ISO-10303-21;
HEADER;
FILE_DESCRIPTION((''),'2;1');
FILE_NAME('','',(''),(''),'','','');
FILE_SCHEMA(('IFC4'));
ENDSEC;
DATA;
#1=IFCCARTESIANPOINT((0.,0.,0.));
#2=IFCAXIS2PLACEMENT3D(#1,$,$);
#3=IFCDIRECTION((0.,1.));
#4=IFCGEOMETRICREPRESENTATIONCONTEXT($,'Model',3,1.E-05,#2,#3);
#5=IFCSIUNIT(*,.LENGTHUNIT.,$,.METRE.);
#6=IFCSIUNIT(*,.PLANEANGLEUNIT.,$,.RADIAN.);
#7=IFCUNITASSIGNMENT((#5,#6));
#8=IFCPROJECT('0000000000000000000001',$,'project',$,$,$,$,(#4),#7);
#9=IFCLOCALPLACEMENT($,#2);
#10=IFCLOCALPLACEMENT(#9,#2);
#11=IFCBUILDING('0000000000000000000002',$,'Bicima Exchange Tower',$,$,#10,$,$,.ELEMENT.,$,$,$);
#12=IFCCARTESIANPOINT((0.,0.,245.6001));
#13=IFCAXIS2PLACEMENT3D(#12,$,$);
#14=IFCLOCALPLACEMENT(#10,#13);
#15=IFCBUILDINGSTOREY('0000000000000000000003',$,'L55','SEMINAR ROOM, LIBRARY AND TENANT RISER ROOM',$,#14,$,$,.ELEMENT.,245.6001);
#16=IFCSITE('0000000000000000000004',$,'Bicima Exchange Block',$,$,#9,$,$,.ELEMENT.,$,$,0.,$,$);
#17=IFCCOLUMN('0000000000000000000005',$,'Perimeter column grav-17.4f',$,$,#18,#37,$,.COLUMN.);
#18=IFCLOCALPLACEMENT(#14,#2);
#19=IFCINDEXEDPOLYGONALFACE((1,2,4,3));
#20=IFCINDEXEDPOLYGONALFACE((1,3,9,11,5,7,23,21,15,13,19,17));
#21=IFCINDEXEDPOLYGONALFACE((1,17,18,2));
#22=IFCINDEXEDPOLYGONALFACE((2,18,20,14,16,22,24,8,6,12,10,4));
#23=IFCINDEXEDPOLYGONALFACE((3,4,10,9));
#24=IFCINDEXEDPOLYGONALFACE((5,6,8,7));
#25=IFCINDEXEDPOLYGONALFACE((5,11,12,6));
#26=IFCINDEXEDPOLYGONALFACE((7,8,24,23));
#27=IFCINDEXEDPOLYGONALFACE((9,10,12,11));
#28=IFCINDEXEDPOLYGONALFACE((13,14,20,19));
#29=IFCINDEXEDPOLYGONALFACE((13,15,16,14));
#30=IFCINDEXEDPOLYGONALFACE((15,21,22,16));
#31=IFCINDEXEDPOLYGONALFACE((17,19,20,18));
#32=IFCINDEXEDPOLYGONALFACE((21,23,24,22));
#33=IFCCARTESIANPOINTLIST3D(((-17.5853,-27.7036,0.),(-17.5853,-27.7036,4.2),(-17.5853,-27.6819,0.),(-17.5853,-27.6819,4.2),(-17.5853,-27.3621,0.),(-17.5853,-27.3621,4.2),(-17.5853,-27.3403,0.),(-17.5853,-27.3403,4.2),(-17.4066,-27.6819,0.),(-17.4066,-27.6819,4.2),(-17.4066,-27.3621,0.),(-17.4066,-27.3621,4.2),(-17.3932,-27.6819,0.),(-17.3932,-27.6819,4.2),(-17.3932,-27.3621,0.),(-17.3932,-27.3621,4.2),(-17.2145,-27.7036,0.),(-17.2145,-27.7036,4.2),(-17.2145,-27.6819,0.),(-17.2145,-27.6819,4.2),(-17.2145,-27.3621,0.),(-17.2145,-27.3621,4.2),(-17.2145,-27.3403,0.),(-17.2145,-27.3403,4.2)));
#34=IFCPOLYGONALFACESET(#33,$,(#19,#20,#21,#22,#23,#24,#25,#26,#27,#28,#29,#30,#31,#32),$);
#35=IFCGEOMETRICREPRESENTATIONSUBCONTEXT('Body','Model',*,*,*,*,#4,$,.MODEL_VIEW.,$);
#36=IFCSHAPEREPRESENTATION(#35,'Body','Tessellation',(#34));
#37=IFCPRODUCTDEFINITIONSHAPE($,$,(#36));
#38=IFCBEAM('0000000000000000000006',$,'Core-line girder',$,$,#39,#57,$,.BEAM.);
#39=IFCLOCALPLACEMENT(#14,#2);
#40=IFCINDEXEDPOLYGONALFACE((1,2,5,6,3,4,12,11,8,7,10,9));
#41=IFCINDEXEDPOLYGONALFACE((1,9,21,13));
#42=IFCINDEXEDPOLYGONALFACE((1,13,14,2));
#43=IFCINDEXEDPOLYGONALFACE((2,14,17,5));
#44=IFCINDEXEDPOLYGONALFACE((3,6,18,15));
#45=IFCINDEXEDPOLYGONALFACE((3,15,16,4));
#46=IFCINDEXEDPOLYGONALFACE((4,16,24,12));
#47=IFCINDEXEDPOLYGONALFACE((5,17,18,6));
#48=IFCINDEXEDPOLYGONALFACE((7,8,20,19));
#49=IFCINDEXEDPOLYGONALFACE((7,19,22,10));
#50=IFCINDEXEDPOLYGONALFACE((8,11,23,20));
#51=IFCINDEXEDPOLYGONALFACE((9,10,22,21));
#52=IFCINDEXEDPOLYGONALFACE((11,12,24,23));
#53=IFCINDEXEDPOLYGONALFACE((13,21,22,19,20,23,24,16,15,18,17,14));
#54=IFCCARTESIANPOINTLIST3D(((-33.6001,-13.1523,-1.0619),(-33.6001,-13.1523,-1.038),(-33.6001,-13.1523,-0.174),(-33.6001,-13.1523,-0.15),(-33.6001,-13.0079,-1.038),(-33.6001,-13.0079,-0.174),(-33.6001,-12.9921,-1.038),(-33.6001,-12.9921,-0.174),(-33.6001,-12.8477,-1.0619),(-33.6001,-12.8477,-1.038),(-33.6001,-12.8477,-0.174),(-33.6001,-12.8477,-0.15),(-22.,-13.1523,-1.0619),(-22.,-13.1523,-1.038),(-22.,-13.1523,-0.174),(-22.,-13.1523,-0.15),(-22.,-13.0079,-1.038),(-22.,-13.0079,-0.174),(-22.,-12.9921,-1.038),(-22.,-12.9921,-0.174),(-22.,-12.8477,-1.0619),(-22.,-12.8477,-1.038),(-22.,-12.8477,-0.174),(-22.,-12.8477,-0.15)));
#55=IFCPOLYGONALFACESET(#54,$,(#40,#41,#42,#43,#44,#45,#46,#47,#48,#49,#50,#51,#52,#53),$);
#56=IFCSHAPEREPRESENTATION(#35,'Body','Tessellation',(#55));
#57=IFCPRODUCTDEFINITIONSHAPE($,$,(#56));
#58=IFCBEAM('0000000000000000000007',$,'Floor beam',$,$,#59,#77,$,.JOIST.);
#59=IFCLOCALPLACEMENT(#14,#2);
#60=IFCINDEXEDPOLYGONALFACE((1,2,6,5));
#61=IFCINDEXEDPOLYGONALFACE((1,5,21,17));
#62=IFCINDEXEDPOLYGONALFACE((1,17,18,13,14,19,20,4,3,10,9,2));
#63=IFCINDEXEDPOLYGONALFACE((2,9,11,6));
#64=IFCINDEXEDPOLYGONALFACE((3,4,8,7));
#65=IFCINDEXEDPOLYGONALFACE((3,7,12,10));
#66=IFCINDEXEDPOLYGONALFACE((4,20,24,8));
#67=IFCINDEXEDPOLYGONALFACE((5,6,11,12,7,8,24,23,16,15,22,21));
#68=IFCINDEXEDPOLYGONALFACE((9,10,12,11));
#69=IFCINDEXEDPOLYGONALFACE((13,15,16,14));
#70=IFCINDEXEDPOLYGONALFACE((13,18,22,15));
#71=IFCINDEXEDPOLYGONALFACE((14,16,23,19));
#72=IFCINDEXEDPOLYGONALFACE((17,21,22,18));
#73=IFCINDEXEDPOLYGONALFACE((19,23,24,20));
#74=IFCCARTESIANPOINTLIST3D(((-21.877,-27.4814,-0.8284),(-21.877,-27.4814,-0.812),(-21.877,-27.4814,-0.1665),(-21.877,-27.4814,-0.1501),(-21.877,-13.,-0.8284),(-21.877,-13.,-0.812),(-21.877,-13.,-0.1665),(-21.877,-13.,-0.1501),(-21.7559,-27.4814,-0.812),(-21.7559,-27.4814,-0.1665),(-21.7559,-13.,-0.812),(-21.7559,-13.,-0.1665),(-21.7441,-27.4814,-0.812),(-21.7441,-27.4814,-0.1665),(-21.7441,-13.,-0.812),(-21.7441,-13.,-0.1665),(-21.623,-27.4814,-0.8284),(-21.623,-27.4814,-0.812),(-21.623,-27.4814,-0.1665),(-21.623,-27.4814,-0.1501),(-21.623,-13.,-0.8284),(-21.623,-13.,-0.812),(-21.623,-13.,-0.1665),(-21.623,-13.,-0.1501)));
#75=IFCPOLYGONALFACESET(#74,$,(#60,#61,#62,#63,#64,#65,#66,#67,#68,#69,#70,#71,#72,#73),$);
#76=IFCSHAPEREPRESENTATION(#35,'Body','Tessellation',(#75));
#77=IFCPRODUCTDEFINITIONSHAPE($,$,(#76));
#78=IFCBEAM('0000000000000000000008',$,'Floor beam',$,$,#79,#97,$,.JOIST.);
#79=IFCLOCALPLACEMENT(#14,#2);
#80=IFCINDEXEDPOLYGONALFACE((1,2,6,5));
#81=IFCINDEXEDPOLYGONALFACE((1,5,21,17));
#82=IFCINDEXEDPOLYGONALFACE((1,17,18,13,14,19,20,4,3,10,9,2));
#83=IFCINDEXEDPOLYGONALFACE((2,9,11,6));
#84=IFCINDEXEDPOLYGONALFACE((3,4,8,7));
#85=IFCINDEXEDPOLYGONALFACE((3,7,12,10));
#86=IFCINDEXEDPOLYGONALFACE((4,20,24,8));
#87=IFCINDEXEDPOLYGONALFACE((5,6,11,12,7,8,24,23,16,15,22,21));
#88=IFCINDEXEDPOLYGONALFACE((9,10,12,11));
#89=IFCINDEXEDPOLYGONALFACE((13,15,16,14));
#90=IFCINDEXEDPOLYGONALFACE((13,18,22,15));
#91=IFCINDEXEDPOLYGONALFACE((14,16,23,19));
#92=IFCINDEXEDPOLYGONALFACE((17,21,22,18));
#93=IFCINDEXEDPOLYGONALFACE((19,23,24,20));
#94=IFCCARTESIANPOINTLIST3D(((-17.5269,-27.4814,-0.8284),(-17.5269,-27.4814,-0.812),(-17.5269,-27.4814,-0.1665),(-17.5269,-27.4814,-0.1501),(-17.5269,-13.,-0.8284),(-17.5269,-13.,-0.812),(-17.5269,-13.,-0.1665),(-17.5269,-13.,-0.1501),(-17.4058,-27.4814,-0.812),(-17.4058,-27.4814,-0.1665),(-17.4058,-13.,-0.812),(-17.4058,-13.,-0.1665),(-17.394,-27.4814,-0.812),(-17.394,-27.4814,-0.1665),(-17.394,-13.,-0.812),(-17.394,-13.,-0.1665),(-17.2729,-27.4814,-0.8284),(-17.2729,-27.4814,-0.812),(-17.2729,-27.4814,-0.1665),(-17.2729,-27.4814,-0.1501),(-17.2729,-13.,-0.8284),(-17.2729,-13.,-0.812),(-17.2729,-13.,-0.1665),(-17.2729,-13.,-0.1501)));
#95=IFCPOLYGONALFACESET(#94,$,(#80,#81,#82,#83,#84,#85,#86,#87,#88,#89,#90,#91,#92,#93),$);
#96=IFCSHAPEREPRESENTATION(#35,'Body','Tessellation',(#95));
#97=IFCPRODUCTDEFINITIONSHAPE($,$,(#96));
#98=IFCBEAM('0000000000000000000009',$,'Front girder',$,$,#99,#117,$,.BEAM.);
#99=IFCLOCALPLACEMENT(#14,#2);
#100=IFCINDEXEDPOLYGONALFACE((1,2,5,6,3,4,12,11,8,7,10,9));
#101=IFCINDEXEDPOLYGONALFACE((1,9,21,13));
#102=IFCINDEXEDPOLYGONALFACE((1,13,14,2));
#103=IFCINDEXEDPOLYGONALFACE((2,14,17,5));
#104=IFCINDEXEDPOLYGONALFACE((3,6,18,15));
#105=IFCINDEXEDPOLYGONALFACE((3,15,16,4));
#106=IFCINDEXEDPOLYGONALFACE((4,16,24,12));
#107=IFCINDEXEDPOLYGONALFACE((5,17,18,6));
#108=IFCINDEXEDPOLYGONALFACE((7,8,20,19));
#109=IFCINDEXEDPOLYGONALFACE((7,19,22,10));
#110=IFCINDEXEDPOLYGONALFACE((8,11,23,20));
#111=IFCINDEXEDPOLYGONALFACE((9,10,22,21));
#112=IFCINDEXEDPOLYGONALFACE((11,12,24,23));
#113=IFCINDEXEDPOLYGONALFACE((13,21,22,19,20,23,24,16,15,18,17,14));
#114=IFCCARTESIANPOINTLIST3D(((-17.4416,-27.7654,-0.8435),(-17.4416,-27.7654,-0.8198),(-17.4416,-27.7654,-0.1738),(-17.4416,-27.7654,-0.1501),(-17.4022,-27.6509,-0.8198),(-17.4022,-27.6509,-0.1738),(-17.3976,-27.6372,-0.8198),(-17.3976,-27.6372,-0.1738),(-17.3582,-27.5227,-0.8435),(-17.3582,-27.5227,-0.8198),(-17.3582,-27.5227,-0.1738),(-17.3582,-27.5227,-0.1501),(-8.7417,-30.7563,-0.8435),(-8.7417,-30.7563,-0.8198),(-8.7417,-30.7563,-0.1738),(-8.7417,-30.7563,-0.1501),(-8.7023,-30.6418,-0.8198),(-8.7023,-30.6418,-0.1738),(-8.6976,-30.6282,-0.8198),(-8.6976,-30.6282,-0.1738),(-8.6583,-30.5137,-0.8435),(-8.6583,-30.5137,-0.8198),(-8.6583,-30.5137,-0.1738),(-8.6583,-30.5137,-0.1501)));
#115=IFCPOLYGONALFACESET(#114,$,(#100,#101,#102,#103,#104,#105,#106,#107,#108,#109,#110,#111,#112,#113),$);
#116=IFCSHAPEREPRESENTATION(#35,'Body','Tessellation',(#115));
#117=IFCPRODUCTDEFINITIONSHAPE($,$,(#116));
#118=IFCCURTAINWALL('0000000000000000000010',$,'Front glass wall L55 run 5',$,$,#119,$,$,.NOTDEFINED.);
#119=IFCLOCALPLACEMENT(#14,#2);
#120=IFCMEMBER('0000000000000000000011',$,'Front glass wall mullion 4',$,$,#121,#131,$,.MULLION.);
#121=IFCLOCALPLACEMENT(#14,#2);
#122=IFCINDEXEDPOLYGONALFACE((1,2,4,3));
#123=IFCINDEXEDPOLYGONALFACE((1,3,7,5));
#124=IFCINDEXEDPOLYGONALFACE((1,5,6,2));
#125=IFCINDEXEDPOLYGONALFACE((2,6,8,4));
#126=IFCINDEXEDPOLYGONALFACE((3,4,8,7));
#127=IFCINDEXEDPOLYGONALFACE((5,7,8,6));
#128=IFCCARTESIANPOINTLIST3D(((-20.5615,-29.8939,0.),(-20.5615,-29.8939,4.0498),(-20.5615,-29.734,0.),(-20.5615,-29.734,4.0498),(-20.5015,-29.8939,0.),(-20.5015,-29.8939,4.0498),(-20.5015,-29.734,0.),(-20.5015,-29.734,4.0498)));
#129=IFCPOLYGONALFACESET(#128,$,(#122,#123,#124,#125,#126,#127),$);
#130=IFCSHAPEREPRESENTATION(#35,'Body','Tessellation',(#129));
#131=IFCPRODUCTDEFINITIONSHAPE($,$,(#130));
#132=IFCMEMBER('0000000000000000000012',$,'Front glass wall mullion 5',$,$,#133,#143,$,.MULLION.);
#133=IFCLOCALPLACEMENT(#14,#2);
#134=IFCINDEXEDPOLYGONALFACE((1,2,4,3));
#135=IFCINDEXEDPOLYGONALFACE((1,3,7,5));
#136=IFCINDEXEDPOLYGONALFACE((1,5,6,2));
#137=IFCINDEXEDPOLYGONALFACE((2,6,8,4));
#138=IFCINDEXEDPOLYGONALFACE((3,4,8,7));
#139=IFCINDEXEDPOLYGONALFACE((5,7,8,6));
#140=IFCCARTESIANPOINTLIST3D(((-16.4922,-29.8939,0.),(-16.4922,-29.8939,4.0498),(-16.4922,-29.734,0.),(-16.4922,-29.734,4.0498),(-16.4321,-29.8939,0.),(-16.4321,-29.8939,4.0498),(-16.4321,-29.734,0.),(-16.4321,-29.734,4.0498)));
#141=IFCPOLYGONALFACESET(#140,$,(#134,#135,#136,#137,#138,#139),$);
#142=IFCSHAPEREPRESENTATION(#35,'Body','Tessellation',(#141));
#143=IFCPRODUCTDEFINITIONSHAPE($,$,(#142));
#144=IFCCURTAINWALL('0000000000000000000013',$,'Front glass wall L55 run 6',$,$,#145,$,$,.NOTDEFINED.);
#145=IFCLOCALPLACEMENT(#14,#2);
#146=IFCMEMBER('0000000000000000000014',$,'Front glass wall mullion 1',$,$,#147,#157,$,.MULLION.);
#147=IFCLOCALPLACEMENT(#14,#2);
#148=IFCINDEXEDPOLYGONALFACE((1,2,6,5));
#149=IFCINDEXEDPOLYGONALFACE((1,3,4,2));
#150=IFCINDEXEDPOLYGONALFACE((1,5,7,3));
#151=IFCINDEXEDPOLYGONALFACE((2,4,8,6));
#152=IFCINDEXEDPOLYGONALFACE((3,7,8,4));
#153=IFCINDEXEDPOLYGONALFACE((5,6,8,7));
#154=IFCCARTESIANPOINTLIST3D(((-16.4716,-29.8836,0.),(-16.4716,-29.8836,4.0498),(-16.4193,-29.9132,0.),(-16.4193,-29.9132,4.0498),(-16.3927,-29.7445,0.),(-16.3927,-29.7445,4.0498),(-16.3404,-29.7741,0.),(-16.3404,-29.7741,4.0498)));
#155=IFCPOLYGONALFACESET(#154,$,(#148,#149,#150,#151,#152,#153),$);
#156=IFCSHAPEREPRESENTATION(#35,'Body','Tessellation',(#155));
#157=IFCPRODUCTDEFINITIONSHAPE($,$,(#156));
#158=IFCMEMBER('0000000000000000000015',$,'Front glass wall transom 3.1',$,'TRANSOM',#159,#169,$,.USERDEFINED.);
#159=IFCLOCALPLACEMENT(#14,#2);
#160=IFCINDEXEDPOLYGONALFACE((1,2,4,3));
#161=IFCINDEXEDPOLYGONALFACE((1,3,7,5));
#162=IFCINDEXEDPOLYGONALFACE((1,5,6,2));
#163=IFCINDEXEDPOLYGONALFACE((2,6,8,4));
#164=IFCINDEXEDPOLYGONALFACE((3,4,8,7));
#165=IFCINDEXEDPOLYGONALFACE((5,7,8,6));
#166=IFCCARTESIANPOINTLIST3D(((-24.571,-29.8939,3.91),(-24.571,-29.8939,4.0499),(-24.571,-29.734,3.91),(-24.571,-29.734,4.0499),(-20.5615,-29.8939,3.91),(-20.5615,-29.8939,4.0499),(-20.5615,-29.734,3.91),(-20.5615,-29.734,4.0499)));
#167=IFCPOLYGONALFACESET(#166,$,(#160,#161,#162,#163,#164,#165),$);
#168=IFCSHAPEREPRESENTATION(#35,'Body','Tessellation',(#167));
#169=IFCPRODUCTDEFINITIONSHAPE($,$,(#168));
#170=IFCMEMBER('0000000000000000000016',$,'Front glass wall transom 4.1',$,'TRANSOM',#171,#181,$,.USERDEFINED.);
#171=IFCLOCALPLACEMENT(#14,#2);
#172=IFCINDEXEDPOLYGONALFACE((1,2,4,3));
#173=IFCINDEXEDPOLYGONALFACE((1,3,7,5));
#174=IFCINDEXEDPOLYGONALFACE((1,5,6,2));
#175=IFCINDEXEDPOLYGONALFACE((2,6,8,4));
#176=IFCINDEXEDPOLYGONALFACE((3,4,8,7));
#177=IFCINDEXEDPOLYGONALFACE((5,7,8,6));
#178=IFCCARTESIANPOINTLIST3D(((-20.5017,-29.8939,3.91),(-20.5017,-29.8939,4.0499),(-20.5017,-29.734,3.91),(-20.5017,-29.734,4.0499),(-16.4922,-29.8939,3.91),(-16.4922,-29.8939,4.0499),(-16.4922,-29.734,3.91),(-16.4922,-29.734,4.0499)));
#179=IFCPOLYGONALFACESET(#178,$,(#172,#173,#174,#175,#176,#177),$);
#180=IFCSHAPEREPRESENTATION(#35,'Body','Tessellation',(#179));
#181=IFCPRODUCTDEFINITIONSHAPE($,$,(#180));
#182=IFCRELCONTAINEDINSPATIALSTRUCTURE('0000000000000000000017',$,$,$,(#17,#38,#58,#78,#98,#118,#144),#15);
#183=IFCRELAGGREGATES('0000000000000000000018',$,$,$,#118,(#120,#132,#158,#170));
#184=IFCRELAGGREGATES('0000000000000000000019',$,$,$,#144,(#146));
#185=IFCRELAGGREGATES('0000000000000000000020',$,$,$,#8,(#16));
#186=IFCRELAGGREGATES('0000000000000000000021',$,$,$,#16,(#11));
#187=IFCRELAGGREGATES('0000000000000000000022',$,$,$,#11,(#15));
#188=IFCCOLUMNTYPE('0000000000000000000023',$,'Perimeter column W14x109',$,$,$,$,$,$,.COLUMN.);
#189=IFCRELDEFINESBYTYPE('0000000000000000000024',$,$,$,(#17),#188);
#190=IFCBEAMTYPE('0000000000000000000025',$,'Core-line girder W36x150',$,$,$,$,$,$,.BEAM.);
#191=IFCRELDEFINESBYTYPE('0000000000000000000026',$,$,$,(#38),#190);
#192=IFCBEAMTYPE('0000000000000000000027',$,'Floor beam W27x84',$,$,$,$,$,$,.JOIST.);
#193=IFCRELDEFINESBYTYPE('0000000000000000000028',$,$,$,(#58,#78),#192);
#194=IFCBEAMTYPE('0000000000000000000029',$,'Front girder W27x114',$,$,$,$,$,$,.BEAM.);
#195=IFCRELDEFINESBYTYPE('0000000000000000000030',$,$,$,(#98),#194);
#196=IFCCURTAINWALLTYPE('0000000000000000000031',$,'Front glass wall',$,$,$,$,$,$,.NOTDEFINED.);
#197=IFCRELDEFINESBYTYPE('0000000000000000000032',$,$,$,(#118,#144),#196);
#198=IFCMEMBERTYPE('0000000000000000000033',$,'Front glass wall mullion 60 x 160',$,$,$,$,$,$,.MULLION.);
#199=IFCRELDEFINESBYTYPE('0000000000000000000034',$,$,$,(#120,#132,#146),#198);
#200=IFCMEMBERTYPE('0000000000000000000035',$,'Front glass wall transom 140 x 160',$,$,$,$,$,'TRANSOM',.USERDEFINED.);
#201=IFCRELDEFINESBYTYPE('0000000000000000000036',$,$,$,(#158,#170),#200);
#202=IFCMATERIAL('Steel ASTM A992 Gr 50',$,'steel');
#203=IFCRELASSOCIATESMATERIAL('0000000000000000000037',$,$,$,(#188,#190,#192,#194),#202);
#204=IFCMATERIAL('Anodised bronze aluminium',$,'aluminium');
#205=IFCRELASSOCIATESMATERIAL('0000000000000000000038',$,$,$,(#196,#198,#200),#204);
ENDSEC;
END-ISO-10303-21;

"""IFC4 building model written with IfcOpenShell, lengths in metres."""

from ifc_helpers import new_model, si_unit, direction, frame, origin, origin_2d, place, context, subcontext, project, spatial, rectangle, i_section, extrude, material, material_profile, profile_set, type_object, element, aggregate, save


model = new_model("IFC4")

# Units and contexts
model_context = context("Model", 3, precision=1e-05, world=origin(), true_north=direction((0.0, 1.0)))
body_context = subcontext(model_context, "Body", "Model", "MODEL_VIEW")
ifc_project = project(units=[si_unit("LENGTHUNIT", "METRE"), si_unit("PLANEANGLEUNIT", "RADIAN")], contexts=[model_context])

# Site, building, storey
site_placement = place(None, origin())
site = spatial("IfcSite", under=ifc_project, at=site_placement, Name="Bicima Exchange Block", CompositionType="ELEMENT", RefElevation=0.0)
building_placement = place(site_placement, origin())
building = spatial("IfcBuilding", under=site, at=building_placement, Name="Bicima Exchange Tower", CompositionType="ELEMENT")
storey_placement = place(building_placement, frame((0.0, 0.0, 245.6001)))
storey = spatial("IfcBuildingStorey", under=building, at=storey_placement, Name="L55", Description="SEMINAR ROOM, LIBRARY AND TENANT RISER ROOM", CompositionType="ELEMENT", Elevation=245.6001)

# Column
ifc_material_1 = material(Name="Steel ASTM A992 Gr 50", Category="steel")
ifc_material_profile_1 = material_profile(ifc_material_1, i_section(OverallWidth=0.3708, OverallDepth=0.3633, WebThickness=0.0134, FlangeThickness=0.0217, at=origin_2d()))
ifc_profile_set_1 = profile_set([ifc_material_profile_1], Name="Steel ASTM A992 Gr 50")
column_type = type_object("IfcColumnType", Name="Perimeter column W14x109", PredefinedType="COLUMN", material=ifc_profile_set_1)
column_placement = place(storey_placement, frame((-17.3999, -27.522, 0.0), z_axis=(0.0, 0.0, 1.0), x_axis=(1.0, 0.0, 0.0)))
element("IfcColumn", 1, at=column_placement, inside=storey, type_object=column_type, Name="Perimeter column grav-17.4f", PredefinedType="COLUMN", context=body_context, shape_type="SweptSolid", body=[
    extrude(i_section(OverallWidth=0.3708, OverallDepth=0.3633, WebThickness=0.0134, FlangeThickness=0.0217, at=origin_2d()), origin(), (0.0, 0.0, 1.0), 4.2),
])

# Beams
ifc_material_profile_2 = material_profile(ifc_material_1, i_section(OverallWidth=0.3047, OverallDepth=0.9119, WebThickness=0.0159, FlangeThickness=0.0239, at=origin_2d()))
ifc_profile_set_2 = profile_set([ifc_material_profile_2], Name="Steel ASTM A992 Gr 50")
beam_type_1 = type_object("IfcBeamType", Name="Core-line girder W36x150", PredefinedType="BEAM", material=ifc_profile_set_2)
beam_1_placement = place(storey_placement, frame((-22.0, -13.0, -0.606), z_axis=(-1.0, 0.0, 0.0), x_axis=(0.0, -1.0, 0.0)))
element("IfcBeam", 2, at=beam_1_placement, inside=storey, type_object=beam_type_1, Name="Core-line girder", PredefinedType="BEAM", context=body_context, shape_type="SweptSolid", body=[
    extrude(i_section(OverallWidth=0.3047, OverallDepth=0.9119, WebThickness=0.0159, FlangeThickness=0.0239, at=origin_2d()), origin(), (0.0, 0.0, 1.0), 11.6001),
])
ifc_material_profile_3 = material_profile(ifc_material_1, i_section(OverallWidth=0.2539, OverallDepth=0.6782, WebThickness=0.0117, FlangeThickness=0.0164, at=origin_2d()))
ifc_profile_set_3 = profile_set([ifc_material_profile_3], Name="Steel ASTM A992 Gr 50")
beam_type_2 = type_object("IfcBeamType", Name="Floor beam W27x84", PredefinedType="JOIST", material=ifc_profile_set_3)
for number, where, z_axis, x_axis, name in (
    (3, (-21.75, -13.0, -0.4893), (0.0, -1.0, 0.0), (1.0, 0.0, 0.0), "Floor beam"),
    (4, (-17.3999, -13.0, -0.4893), (0.0, -1.0, 0.0), (1.0, 0.0, 0.0), "Floor beam"),
):
    element("IfcBeam", number, at=place(storey_placement, frame(where, z_axis=z_axis, x_axis=x_axis)), inside=storey, type_object=beam_type_2, Name=name, PredefinedType="JOIST", context=body_context, shape_type="SweptSolid", body=[
        extrude(i_section(OverallWidth=0.2539, OverallDepth=0.6782, WebThickness=0.0117, FlangeThickness=0.0164, at=origin_2d()), origin(), (0.0, 0.0, 1.0), 14.4814),
    ])
ifc_material_profile_4 = material_profile(ifc_material_1, i_section(OverallWidth=0.2566, OverallDepth=0.6934, WebThickness=0.0144, FlangeThickness=0.0237, at=origin_2d()))
ifc_profile_set_4 = profile_set([ifc_material_profile_4], Name="Steel ASTM A992 Gr 50")
beam_type_3 = type_object("IfcBeamType", Name="Front girder W27x114", PredefinedType="BEAM", material=ifc_profile_set_4)
beam_2_placement = place(storey_placement, frame((-17.3999, -27.644, -0.4968), z_axis=(0.945675, -0.325115, 0.0), x_axis=(0.325115, 0.945675, 0.0)))
element("IfcBeam", 5, at=beam_2_placement, inside=storey, type_object=beam_type_3, Name="Front girder", PredefinedType="BEAM", context=body_context, shape_type="SweptSolid", body=[
    extrude(i_section(OverallWidth=0.2566, OverallDepth=0.6934, WebThickness=0.0144, FlangeThickness=0.0237, at=origin_2d()), origin(), (0.0, 0.0, 1.0), 9.1997),
])

# Curtain wall, members
ifc_material_2 = material(Name="Anodised bronze aluminium", Category="aluminium")
curtain_wall_type = type_object("IfcCurtainWallType", Name="Front glass wall", PredefinedType="NOTDEFINED", material=ifc_material_2)
curtain_wall_1_placement = place(storey_placement, origin())
curtain_wall_1 = element("IfcCurtainWall", 6, at=curtain_wall_1_placement, inside=storey, type_object=curtain_wall_type, Name="Front glass wall L55 run 5", PredefinedType="NOTDEFINED")
ifc_material_profile_5 = material_profile(ifc_material_2, rectangle(XDim=0.1599, YDim=0.0601, at=origin_2d()))
ifc_profile_set_5 = profile_set([ifc_material_profile_5], Name="Anodised bronze aluminium")
member_type_1 = type_object("IfcMemberType", Name="Front glass wall mullion 60 x 160", PredefinedType="MULLION", material=ifc_profile_set_5)
member_1_placement = place(storey_placement, frame((-20.5315, -29.814, 0.0), z_axis=(0.0, 0.0, 1.0), x_axis=(0.0, 1.0, 0.0)))
member_1 = element("IfcMember", 7, at=member_1_placement, type_object=member_type_1, Name="Front glass wall mullion 4", PredefinedType="MULLION", context=body_context, shape_type="SweptSolid", body=[
    extrude(rectangle(XDim=0.1599, YDim=0.0601, at=origin_2d()), origin(), (0.0, 0.0, 1.0), 4.0498),
])
member_2_placement = place(storey_placement, frame((-16.4622, -29.814, 0.0), z_axis=(0.0, 0.0, 1.0), x_axis=(0.0, 1.0, 0.0)))
member_2 = element("IfcMember", 8, at=member_2_placement, type_object=member_type_1, Name="Front glass wall mullion 5", PredefinedType="MULLION", context=body_context, shape_type="SweptSolid", body=[
    extrude(rectangle(XDim=0.1599, YDim=0.0601, at=origin_2d()), origin(), (0.0, 0.0, 1.0), 4.0498),
])

# Curtain wall, member
curtain_wall_2_placement = place(storey_placement, origin())
curtain_wall_2 = element("IfcCurtainWall", 9, at=curtain_wall_2_placement, inside=storey, type_object=curtain_wall_type, Name="Front glass wall L55 run 6", PredefinedType="NOTDEFINED")
member_3_placement = place(storey_placement, frame((-16.406, -29.8289, 0.0), z_axis=(0.0, 0.0, 1.0), x_axis=(0.493395, 0.869805, 0.0)))
member_3 = element("IfcMember", 10, at=member_3_placement, type_object=member_type_1, Name="Front glass wall mullion 1", PredefinedType="MULLION", context=body_context, shape_type="SweptSolid", body=[
    extrude(rectangle(XDim=0.1599, YDim=0.0601, at=origin_2d()), origin(), (0.0, 0.0, 1.0), 4.0498),
])

# Members
ifc_material_profile_6 = material_profile(ifc_material_2, rectangle(XDim=0.1599, YDim=0.1399, at=origin_2d()))
ifc_profile_set_6 = profile_set([ifc_material_profile_6], Name="Anodised bronze aluminium")
member_type_2 = type_object("IfcMemberType", Name="Front glass wall transom 140 x 160", ElementType="TRANSOM", PredefinedType="USERDEFINED", material=ifc_profile_set_6)
member_4_placement = place(storey_placement, frame((-24.571, -29.814, 3.98), z_axis=(1.0, 0.0, 0.0), x_axis=(0.0, 1.0, 0.0)))
member_4 = element("IfcMember", 11, at=member_4_placement, type_object=member_type_2, Name="Front glass wall transom 3.1", ObjectType="TRANSOM", PredefinedType="USERDEFINED", context=body_context, shape_type="SweptSolid", body=[
    extrude(rectangle(XDim=0.1599, YDim=0.1399, at=origin_2d()), origin(), (0.0, 0.0, 1.0), 4.0095),
])
member_5_placement = place(storey_placement, frame((-20.5017, -29.814, 3.98), z_axis=(1.0, 0.0, 0.0), x_axis=(0.0, 1.0, 0.0)))
member_5 = element("IfcMember", 12, at=member_5_placement, type_object=member_type_2, Name="Front glass wall transom 4.1", ObjectType="TRANSOM", PredefinedType="USERDEFINED", context=body_context, shape_type="SweptSolid", body=[
    extrude(rectangle(XDim=0.1599, YDim=0.1399, at=origin_2d()), origin(), (0.0, 0.0, 1.0), 4.0095),
])

aggregate(curtain_wall_1, [member_1, member_2, member_4, member_5])
aggregate(curtain_wall_2, [member_3])

save(model, "model.ifc")
